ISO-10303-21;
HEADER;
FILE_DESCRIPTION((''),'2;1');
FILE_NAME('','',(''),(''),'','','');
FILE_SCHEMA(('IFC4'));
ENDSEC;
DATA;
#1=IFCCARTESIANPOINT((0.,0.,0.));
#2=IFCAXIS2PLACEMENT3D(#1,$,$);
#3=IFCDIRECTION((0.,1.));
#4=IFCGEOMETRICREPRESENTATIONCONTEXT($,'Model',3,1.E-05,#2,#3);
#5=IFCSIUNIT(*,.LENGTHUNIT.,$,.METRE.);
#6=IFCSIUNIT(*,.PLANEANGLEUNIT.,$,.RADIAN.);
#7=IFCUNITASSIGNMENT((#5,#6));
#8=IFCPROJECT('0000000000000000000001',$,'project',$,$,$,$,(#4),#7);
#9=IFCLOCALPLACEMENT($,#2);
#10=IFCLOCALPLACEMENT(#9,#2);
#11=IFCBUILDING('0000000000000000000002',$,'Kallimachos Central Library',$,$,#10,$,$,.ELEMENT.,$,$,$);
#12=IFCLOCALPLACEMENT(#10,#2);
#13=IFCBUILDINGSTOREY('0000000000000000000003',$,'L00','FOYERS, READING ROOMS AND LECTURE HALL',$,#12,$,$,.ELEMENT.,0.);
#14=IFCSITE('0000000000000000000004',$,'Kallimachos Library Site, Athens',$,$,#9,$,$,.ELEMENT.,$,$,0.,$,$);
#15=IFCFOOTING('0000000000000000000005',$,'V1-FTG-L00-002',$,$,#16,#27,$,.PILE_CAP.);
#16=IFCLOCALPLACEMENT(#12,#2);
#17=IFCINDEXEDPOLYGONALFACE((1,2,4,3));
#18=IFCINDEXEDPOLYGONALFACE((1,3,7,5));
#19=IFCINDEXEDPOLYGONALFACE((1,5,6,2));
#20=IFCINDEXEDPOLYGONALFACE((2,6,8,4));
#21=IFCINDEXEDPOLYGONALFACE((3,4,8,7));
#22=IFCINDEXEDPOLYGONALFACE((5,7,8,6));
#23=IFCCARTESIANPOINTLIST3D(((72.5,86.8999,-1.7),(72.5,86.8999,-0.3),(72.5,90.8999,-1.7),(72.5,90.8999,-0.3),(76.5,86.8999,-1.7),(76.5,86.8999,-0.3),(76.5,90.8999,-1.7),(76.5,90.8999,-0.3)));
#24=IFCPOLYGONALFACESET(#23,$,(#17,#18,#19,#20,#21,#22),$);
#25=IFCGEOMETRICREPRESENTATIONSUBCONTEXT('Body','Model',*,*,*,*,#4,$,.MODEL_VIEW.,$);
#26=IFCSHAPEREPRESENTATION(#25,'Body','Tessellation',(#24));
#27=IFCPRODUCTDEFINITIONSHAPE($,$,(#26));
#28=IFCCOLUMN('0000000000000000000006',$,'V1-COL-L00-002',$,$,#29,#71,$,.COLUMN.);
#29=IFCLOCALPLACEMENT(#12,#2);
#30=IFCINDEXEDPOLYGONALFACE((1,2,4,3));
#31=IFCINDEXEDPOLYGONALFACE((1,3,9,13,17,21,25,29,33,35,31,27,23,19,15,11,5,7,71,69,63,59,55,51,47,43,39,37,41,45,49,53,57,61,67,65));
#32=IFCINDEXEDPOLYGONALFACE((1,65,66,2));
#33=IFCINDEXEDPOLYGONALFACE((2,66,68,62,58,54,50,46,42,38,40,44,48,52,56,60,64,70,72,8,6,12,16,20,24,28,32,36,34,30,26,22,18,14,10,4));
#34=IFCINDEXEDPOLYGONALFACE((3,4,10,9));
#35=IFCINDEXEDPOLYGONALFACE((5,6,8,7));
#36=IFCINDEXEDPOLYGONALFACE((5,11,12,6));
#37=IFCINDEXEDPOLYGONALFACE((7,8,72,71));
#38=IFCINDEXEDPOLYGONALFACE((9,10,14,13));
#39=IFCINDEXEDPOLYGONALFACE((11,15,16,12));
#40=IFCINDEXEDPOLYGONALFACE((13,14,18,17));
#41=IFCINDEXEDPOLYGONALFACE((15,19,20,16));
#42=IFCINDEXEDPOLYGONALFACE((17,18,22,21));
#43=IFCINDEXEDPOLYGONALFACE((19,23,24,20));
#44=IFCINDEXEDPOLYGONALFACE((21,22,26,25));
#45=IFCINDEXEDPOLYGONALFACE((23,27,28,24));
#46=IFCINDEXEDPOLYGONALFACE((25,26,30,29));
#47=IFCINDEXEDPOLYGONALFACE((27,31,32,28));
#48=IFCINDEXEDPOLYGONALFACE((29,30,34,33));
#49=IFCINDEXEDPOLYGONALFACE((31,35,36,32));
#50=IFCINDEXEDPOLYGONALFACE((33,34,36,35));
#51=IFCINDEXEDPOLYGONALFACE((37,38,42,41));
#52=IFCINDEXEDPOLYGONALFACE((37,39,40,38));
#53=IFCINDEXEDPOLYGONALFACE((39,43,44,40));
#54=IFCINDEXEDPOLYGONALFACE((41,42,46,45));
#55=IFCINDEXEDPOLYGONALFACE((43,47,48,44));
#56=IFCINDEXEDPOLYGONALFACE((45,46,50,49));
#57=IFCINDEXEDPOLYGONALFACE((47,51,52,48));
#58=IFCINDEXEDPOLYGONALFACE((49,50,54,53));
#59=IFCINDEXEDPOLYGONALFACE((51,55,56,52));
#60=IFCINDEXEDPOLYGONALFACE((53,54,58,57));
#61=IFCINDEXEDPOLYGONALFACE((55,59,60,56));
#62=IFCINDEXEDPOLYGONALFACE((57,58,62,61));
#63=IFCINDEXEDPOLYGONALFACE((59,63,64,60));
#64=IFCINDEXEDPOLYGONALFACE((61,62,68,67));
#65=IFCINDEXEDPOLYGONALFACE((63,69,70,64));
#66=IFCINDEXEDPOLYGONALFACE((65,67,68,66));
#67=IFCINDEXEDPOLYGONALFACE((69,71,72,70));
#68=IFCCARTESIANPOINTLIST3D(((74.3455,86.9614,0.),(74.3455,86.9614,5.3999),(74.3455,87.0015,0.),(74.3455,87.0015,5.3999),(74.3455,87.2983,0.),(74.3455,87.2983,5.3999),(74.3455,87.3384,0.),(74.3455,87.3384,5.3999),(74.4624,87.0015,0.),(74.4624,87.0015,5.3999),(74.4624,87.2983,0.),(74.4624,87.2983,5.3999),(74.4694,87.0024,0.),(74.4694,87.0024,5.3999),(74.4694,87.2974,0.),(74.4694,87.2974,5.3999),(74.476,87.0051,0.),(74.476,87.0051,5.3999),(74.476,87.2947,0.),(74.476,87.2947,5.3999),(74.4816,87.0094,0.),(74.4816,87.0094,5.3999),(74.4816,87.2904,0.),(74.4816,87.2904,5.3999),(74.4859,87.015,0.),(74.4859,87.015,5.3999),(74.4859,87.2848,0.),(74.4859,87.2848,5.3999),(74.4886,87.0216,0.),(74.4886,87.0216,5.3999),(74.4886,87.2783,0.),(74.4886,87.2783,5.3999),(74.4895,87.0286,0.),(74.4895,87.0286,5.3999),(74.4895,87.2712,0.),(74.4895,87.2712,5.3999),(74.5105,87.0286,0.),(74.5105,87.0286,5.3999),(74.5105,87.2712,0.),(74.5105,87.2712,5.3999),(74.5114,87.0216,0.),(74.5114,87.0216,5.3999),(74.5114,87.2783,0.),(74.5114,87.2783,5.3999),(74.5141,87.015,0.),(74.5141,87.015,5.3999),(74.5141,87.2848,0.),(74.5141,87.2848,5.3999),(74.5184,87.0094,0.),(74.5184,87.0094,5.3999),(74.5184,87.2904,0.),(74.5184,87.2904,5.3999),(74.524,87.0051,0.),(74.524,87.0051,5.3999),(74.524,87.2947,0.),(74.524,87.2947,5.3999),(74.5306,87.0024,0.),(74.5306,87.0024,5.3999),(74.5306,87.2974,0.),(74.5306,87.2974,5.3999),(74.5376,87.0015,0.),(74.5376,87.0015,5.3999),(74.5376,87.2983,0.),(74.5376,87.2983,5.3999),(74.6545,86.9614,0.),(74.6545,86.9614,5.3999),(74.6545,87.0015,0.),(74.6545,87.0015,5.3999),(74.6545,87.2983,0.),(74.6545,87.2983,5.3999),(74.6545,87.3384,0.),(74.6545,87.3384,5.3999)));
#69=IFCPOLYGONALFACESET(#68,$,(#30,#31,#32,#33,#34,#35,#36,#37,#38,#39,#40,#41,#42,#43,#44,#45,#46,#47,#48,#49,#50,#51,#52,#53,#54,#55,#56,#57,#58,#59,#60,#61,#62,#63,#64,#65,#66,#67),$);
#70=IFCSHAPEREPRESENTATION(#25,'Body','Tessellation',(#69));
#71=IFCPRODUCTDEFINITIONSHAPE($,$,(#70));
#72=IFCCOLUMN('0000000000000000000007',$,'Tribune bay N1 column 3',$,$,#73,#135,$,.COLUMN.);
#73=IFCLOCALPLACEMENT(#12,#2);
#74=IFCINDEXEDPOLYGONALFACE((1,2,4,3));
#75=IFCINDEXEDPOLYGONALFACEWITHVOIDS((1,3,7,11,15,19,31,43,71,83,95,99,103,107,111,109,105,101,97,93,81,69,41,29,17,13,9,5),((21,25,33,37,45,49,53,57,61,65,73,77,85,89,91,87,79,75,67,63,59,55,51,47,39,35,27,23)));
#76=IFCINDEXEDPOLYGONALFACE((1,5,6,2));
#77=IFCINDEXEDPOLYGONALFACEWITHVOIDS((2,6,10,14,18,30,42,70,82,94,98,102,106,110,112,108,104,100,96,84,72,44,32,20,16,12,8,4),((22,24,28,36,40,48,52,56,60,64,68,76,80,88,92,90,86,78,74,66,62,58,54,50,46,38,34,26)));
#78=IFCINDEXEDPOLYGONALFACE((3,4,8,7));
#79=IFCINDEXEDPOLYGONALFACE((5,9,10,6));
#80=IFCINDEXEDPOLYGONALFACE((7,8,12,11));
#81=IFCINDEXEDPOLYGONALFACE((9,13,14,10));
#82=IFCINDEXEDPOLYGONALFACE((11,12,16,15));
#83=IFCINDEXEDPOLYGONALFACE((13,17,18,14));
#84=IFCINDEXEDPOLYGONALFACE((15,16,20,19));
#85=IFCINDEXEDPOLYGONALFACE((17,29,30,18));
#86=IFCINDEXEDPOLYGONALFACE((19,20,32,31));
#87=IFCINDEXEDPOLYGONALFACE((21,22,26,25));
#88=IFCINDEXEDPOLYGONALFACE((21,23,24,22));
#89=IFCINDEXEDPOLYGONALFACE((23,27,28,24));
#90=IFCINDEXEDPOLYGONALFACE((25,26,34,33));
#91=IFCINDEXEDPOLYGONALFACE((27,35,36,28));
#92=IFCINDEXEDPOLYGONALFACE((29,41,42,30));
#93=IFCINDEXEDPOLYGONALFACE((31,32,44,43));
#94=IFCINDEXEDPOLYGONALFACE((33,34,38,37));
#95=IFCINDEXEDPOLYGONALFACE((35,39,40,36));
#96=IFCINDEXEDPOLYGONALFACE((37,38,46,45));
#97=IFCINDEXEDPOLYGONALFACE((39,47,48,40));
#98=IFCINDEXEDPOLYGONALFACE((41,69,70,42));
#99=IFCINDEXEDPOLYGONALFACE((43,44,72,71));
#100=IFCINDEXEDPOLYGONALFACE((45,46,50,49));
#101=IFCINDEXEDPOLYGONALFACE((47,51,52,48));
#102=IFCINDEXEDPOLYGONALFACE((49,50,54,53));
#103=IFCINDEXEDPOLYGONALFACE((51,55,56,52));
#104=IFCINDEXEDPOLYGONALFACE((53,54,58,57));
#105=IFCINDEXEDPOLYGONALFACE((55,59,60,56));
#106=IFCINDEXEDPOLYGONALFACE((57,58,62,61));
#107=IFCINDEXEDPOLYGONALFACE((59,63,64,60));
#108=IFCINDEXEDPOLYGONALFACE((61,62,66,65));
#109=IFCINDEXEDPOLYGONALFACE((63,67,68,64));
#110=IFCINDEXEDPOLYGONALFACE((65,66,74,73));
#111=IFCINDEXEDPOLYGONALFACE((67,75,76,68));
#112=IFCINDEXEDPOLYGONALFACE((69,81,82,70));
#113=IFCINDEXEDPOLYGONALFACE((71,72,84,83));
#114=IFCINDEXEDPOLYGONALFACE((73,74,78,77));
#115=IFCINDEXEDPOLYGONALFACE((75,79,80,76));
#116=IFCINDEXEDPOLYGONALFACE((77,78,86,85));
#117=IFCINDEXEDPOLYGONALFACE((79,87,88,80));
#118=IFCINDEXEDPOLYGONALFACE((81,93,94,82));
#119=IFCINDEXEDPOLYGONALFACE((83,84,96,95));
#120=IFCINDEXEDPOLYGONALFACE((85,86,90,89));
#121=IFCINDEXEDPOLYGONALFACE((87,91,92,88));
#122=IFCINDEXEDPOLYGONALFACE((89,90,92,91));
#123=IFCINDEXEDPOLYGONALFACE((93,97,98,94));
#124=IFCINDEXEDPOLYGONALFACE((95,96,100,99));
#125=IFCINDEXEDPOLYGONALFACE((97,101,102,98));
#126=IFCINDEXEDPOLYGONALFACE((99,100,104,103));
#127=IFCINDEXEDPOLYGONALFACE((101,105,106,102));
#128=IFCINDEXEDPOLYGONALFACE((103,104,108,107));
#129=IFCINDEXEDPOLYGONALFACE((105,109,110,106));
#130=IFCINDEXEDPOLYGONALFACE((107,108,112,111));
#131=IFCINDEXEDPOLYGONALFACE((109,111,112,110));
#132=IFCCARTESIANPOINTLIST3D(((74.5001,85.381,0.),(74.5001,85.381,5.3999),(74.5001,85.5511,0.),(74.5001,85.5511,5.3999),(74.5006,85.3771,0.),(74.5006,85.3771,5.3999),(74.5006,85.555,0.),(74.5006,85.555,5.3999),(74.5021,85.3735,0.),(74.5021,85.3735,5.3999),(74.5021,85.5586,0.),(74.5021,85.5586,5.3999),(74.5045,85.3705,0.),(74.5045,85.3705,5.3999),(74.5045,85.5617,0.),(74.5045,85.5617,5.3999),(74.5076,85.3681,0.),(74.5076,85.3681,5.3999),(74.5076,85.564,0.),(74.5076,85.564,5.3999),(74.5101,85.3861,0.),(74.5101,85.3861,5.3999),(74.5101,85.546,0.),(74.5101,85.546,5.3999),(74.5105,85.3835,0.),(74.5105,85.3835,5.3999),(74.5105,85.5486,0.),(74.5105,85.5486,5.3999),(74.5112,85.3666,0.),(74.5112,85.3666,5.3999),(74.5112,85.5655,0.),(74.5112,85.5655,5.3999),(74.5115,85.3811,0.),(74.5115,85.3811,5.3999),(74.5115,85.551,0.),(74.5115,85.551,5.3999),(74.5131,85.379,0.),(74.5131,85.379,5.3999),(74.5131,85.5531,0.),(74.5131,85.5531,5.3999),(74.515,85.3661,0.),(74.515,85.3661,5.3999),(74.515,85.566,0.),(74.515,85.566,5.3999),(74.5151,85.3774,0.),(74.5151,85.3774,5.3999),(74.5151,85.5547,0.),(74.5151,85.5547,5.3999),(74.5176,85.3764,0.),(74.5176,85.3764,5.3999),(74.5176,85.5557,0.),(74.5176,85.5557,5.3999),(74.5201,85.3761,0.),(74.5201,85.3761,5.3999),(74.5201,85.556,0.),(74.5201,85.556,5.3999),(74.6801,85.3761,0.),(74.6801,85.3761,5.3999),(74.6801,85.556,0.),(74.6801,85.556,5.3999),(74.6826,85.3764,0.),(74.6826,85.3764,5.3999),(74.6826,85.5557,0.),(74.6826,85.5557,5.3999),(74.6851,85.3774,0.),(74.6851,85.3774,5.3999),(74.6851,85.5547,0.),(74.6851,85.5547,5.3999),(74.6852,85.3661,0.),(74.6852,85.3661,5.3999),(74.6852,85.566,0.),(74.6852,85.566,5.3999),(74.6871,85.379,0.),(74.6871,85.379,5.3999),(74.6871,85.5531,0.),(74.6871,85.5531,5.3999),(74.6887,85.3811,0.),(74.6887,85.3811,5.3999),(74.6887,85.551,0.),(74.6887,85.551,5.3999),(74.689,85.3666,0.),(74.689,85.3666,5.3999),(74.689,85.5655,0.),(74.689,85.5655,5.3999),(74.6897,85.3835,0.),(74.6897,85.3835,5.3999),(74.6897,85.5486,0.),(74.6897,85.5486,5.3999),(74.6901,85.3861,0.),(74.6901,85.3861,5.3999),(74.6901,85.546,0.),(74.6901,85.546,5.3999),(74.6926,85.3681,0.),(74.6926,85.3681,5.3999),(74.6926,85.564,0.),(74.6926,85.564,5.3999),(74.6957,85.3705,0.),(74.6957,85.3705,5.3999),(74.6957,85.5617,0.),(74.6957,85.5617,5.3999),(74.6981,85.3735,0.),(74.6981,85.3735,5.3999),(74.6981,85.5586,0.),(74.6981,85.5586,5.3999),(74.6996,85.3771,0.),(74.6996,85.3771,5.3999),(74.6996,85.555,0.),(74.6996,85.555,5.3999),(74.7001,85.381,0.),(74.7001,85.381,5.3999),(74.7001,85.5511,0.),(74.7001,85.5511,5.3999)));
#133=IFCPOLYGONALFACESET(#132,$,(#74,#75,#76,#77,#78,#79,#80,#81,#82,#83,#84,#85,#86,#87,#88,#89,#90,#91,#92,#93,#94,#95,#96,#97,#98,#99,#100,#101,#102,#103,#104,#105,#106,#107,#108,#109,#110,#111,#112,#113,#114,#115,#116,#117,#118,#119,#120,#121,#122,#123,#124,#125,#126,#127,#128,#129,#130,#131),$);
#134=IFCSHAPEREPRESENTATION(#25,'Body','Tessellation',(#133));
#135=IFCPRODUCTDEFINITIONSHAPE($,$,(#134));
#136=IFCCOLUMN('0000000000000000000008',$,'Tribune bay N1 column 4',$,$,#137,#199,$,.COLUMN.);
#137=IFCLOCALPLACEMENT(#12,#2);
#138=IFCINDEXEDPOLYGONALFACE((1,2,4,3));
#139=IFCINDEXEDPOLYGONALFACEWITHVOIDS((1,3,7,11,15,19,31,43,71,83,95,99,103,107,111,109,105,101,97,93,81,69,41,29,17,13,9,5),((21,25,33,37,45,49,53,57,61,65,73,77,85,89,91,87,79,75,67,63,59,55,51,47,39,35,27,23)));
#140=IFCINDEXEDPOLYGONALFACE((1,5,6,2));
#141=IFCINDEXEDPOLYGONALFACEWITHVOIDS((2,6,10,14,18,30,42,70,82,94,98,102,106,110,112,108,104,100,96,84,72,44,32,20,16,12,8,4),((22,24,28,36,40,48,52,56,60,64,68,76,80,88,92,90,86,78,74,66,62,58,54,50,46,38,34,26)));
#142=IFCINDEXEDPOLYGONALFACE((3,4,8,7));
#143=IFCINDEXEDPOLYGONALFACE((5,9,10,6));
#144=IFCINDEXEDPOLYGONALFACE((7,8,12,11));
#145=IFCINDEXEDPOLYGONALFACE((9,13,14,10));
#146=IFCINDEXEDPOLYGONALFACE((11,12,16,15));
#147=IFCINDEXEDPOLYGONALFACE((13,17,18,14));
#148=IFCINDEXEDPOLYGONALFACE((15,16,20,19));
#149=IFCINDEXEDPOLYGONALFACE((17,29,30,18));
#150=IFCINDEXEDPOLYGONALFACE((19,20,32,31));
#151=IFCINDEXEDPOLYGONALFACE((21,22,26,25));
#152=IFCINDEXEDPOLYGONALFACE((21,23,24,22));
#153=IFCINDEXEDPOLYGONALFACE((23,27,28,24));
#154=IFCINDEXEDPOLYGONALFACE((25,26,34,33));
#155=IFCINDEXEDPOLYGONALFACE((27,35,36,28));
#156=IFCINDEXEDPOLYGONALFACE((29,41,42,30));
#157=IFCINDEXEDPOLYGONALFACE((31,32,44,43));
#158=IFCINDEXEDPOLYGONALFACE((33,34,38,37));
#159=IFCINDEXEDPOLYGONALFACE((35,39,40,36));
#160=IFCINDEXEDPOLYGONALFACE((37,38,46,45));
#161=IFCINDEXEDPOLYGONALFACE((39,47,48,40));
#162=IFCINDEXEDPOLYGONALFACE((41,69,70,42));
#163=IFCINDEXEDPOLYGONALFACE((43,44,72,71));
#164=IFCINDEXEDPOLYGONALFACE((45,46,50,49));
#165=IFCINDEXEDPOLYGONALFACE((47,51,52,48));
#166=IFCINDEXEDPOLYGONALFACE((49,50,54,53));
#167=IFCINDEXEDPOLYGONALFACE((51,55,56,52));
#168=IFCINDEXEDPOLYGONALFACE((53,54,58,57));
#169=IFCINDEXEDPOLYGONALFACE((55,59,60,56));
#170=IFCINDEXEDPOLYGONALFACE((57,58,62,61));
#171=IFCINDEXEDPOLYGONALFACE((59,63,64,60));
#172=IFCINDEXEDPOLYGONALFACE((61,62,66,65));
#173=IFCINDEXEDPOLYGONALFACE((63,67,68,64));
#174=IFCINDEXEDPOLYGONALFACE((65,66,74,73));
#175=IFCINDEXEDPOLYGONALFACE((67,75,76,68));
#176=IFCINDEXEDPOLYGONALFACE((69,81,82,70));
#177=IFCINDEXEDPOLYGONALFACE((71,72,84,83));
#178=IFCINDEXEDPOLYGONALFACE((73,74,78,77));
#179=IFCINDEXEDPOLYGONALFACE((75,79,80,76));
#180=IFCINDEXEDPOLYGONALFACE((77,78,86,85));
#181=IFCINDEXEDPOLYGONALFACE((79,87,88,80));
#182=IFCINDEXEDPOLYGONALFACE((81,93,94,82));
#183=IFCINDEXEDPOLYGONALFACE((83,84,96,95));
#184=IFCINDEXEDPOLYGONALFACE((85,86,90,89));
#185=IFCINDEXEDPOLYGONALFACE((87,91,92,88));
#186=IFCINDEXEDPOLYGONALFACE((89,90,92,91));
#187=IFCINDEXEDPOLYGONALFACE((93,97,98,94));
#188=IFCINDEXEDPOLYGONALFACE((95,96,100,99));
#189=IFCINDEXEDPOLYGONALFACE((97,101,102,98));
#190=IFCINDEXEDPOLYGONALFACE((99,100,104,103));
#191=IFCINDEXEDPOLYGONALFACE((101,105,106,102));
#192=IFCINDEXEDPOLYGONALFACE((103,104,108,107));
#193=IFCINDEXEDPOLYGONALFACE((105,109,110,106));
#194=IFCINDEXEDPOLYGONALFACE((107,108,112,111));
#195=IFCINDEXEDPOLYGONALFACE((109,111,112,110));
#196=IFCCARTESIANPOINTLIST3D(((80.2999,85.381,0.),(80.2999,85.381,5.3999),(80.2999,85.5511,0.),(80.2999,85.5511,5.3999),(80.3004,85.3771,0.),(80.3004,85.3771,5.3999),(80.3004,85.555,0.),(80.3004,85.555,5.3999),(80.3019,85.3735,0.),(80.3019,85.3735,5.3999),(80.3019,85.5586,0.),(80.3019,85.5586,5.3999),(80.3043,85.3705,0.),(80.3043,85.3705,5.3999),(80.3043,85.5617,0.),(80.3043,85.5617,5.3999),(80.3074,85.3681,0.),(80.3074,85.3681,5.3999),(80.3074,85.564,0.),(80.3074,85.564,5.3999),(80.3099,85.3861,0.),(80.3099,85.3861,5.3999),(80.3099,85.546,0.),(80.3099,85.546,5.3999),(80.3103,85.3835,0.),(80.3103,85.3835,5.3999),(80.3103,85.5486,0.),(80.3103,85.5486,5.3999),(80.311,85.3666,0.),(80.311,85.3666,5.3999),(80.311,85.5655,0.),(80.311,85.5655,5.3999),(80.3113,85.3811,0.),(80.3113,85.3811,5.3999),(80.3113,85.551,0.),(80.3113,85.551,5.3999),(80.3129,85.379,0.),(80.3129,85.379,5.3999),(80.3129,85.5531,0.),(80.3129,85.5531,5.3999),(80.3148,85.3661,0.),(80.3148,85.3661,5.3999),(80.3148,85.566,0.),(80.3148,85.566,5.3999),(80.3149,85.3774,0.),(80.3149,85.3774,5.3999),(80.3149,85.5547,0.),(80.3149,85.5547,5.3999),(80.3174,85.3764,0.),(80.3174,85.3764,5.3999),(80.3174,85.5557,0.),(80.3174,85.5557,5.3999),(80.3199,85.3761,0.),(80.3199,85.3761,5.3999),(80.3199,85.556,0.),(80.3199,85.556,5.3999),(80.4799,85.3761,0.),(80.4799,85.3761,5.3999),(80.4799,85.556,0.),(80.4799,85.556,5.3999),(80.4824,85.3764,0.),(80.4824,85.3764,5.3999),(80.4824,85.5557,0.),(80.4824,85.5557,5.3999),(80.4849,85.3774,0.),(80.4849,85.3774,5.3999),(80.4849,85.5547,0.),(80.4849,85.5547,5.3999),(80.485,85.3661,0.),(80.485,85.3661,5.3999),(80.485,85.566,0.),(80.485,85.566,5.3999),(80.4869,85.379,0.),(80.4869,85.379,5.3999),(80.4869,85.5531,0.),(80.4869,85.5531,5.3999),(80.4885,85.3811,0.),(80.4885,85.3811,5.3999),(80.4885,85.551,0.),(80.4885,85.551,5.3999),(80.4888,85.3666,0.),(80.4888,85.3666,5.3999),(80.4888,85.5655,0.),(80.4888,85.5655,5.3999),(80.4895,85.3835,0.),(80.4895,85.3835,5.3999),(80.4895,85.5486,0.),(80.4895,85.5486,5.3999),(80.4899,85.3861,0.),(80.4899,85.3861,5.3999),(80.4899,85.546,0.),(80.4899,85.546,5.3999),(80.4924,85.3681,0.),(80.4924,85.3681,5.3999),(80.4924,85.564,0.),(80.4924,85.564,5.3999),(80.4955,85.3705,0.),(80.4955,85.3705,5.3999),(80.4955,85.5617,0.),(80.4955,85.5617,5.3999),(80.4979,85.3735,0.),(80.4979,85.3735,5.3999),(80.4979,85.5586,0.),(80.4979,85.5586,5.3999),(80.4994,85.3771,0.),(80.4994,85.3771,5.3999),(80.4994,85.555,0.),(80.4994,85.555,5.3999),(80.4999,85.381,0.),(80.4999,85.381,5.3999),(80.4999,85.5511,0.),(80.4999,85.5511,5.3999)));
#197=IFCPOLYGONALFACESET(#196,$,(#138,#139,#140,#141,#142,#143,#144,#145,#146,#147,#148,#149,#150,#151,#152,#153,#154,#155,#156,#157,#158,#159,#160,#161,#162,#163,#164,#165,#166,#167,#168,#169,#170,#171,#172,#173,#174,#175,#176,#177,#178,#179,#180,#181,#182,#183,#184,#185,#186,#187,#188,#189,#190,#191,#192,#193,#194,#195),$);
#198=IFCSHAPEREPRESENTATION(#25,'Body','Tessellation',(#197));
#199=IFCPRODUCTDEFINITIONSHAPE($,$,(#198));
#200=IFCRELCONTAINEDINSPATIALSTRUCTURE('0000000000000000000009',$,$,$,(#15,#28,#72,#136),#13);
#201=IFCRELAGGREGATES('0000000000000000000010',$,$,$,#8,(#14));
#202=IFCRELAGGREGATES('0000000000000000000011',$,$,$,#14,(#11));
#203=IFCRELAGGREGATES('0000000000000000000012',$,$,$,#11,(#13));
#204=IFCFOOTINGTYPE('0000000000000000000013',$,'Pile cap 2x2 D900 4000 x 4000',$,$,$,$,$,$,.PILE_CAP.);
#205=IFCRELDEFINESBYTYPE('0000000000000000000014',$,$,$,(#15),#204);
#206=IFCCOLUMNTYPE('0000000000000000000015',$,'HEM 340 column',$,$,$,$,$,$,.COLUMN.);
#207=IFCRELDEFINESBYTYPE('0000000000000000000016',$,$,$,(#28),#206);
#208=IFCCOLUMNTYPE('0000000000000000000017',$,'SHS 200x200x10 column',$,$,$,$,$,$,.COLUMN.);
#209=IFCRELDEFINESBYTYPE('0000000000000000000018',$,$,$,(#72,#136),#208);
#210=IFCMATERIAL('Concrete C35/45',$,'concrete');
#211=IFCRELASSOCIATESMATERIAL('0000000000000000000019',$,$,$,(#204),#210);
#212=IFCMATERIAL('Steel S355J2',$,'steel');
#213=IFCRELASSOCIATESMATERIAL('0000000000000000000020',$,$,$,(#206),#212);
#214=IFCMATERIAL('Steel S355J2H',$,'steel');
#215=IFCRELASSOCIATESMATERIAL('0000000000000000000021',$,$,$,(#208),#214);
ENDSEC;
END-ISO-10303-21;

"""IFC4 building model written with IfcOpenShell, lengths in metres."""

from ifc_helpers import new_model, si_unit, direction, frame, origin, origin_2d, place, context, subcontext, project, spatial, rectangle, hollow_rectangle, i_section, extrude, material, material_profile, profile_set, type_object, element, save


model = new_model("IFC4")

# Units and contexts
model_context = context("Model", 3, precision=1e-05, world=origin(), true_north=direction((0.0, 1.0)))
body_context = subcontext(model_context, "Body", "Model", "MODEL_VIEW")
ifc_project = project(units=[si_unit("LENGTHUNIT", "METRE"), si_unit("PLANEANGLEUNIT", "RADIAN")], contexts=[model_context])

# Site, building, storey
site_placement = place(None, origin())
site = spatial("IfcSite", under=ifc_project, at=site_placement, Name="Kallimachos Library Site, Athens", CompositionType="ELEMENT", RefElevation=0.0)
building_placement = place(site_placement, origin())
building = spatial("IfcBuilding", under=site, at=building_placement, Name="Kallimachos Central Library", CompositionType="ELEMENT")
storey_placement = place(building_placement, origin())
storey = spatial("IfcBuildingStorey", under=building, at=storey_placement, Name="L00", Description="FOYERS, READING ROOMS AND LECTURE HALL", CompositionType="ELEMENT", Elevation=0.0)

# Footing
ifc_material_1 = material(Name="Concrete C35/45", Category="concrete")
footing_type_1 = type_object("IfcFootingType", Name="Pile cap 2x2 D900 4000 x 4000", PredefinedType="PILE_CAP", material=ifc_material_1)
footing_placement = place(storey_placement, frame((74.5, 88.8999, -1.7), z_axis=(0.0, 0.0, 1.0), x_axis=(1.0, 0.0, 0.0)))
element("IfcFooting", 1, at=footing_placement, inside=storey, type_object=footing_type_1, Name="V1-FTG-L00-002", PredefinedType="PILE_CAP", context=body_context, shape_type="SweptSolid", body=[
    extrude(rectangle(XDim=4.0, YDim=4.0, at=origin_2d()), origin(), (0.0, 0.0, 1.0), 1.3999),
])

# Columns
ifc_material_2 = material(Name="Steel S355J2", Category="steel")
ifc_material_profile_1 = material_profile(ifc_material_2, i_section(OverallWidth=0.3091, OverallDepth=0.377, WebThickness=0.021, FlangeThickness=0.04, FilletRadius=0.0271, at=origin_2d()), Name="HEM 340")
ifc_profile_set_1 = profile_set([ifc_material_profile_1], Name="Steel S355J2")
column_type_1 = type_object("IfcColumnType", Name="HEM 340 column", PredefinedType="COLUMN", material=ifc_profile_set_1)
column_placement = place(storey_placement, frame((74.5, 87.1499, 0.0), z_axis=(0.0, 0.0, 1.0), x_axis=(1.0, 0.0, 0.0)))
element("IfcColumn", 2, at=column_placement, inside=storey, type_object=column_type_1, Name="V1-COL-L00-002", PredefinedType="COLUMN", context=body_context, shape_type="SweptSolid", body=[
    extrude(i_section(OverallWidth=0.3091, OverallDepth=0.377, WebThickness=0.021, FlangeThickness=0.04, FilletRadius=0.0271, at=origin_2d()), origin(), (0.0, 0.0, 1.0), 5.3999),
])
ifc_material_3 = material(Name="Steel S355J2H", Category="steel")
ifc_material_profile_2 = material_profile(ifc_material_3, hollow_rectangle(XDim=0.2, YDim=0.2, WallThickness=0.01, InnerFilletRadius=0.01, OuterFilletRadius=0.0149, at=origin_2d()), Name="SHS 200x200x10")
ifc_profile_set_2 = profile_set([ifc_material_profile_2], Name="Steel S355J2H")
column_type_2 = type_object("IfcColumnType", Name="SHS 200x200x10 column", PredefinedType="COLUMN", material=ifc_profile_set_2)
for number, where, z_axis, x_axis, name in (
    (3, (74.6001, 85.4661, 0.0), (0.0, 0.0, 1.0), (1.0, 0.0, 0.0), "Tribune bay N1 column 3"),
    (4, (80.3999, 85.4661, 0.0), (0.0, 0.0, 1.0), (1.0, 0.0, 0.0), "Tribune bay N1 column 4"),
):
    element("IfcColumn", number, at=place(storey_placement, frame(where, z_axis=z_axis, x_axis=x_axis)), inside=storey, type_object=column_type_2, Name=name, PredefinedType="COLUMN", context=body_context, shape_type="SweptSolid", body=[
        extrude(hollow_rectangle(XDim=0.2, YDim=0.2, WallThickness=0.01, InnerFilletRadius=0.01, OuterFilletRadius=0.0149, at=origin_2d()), origin(), (0.0, 0.0, 1.0), 5.3999),
    ])

save(model, "model.ifc")
